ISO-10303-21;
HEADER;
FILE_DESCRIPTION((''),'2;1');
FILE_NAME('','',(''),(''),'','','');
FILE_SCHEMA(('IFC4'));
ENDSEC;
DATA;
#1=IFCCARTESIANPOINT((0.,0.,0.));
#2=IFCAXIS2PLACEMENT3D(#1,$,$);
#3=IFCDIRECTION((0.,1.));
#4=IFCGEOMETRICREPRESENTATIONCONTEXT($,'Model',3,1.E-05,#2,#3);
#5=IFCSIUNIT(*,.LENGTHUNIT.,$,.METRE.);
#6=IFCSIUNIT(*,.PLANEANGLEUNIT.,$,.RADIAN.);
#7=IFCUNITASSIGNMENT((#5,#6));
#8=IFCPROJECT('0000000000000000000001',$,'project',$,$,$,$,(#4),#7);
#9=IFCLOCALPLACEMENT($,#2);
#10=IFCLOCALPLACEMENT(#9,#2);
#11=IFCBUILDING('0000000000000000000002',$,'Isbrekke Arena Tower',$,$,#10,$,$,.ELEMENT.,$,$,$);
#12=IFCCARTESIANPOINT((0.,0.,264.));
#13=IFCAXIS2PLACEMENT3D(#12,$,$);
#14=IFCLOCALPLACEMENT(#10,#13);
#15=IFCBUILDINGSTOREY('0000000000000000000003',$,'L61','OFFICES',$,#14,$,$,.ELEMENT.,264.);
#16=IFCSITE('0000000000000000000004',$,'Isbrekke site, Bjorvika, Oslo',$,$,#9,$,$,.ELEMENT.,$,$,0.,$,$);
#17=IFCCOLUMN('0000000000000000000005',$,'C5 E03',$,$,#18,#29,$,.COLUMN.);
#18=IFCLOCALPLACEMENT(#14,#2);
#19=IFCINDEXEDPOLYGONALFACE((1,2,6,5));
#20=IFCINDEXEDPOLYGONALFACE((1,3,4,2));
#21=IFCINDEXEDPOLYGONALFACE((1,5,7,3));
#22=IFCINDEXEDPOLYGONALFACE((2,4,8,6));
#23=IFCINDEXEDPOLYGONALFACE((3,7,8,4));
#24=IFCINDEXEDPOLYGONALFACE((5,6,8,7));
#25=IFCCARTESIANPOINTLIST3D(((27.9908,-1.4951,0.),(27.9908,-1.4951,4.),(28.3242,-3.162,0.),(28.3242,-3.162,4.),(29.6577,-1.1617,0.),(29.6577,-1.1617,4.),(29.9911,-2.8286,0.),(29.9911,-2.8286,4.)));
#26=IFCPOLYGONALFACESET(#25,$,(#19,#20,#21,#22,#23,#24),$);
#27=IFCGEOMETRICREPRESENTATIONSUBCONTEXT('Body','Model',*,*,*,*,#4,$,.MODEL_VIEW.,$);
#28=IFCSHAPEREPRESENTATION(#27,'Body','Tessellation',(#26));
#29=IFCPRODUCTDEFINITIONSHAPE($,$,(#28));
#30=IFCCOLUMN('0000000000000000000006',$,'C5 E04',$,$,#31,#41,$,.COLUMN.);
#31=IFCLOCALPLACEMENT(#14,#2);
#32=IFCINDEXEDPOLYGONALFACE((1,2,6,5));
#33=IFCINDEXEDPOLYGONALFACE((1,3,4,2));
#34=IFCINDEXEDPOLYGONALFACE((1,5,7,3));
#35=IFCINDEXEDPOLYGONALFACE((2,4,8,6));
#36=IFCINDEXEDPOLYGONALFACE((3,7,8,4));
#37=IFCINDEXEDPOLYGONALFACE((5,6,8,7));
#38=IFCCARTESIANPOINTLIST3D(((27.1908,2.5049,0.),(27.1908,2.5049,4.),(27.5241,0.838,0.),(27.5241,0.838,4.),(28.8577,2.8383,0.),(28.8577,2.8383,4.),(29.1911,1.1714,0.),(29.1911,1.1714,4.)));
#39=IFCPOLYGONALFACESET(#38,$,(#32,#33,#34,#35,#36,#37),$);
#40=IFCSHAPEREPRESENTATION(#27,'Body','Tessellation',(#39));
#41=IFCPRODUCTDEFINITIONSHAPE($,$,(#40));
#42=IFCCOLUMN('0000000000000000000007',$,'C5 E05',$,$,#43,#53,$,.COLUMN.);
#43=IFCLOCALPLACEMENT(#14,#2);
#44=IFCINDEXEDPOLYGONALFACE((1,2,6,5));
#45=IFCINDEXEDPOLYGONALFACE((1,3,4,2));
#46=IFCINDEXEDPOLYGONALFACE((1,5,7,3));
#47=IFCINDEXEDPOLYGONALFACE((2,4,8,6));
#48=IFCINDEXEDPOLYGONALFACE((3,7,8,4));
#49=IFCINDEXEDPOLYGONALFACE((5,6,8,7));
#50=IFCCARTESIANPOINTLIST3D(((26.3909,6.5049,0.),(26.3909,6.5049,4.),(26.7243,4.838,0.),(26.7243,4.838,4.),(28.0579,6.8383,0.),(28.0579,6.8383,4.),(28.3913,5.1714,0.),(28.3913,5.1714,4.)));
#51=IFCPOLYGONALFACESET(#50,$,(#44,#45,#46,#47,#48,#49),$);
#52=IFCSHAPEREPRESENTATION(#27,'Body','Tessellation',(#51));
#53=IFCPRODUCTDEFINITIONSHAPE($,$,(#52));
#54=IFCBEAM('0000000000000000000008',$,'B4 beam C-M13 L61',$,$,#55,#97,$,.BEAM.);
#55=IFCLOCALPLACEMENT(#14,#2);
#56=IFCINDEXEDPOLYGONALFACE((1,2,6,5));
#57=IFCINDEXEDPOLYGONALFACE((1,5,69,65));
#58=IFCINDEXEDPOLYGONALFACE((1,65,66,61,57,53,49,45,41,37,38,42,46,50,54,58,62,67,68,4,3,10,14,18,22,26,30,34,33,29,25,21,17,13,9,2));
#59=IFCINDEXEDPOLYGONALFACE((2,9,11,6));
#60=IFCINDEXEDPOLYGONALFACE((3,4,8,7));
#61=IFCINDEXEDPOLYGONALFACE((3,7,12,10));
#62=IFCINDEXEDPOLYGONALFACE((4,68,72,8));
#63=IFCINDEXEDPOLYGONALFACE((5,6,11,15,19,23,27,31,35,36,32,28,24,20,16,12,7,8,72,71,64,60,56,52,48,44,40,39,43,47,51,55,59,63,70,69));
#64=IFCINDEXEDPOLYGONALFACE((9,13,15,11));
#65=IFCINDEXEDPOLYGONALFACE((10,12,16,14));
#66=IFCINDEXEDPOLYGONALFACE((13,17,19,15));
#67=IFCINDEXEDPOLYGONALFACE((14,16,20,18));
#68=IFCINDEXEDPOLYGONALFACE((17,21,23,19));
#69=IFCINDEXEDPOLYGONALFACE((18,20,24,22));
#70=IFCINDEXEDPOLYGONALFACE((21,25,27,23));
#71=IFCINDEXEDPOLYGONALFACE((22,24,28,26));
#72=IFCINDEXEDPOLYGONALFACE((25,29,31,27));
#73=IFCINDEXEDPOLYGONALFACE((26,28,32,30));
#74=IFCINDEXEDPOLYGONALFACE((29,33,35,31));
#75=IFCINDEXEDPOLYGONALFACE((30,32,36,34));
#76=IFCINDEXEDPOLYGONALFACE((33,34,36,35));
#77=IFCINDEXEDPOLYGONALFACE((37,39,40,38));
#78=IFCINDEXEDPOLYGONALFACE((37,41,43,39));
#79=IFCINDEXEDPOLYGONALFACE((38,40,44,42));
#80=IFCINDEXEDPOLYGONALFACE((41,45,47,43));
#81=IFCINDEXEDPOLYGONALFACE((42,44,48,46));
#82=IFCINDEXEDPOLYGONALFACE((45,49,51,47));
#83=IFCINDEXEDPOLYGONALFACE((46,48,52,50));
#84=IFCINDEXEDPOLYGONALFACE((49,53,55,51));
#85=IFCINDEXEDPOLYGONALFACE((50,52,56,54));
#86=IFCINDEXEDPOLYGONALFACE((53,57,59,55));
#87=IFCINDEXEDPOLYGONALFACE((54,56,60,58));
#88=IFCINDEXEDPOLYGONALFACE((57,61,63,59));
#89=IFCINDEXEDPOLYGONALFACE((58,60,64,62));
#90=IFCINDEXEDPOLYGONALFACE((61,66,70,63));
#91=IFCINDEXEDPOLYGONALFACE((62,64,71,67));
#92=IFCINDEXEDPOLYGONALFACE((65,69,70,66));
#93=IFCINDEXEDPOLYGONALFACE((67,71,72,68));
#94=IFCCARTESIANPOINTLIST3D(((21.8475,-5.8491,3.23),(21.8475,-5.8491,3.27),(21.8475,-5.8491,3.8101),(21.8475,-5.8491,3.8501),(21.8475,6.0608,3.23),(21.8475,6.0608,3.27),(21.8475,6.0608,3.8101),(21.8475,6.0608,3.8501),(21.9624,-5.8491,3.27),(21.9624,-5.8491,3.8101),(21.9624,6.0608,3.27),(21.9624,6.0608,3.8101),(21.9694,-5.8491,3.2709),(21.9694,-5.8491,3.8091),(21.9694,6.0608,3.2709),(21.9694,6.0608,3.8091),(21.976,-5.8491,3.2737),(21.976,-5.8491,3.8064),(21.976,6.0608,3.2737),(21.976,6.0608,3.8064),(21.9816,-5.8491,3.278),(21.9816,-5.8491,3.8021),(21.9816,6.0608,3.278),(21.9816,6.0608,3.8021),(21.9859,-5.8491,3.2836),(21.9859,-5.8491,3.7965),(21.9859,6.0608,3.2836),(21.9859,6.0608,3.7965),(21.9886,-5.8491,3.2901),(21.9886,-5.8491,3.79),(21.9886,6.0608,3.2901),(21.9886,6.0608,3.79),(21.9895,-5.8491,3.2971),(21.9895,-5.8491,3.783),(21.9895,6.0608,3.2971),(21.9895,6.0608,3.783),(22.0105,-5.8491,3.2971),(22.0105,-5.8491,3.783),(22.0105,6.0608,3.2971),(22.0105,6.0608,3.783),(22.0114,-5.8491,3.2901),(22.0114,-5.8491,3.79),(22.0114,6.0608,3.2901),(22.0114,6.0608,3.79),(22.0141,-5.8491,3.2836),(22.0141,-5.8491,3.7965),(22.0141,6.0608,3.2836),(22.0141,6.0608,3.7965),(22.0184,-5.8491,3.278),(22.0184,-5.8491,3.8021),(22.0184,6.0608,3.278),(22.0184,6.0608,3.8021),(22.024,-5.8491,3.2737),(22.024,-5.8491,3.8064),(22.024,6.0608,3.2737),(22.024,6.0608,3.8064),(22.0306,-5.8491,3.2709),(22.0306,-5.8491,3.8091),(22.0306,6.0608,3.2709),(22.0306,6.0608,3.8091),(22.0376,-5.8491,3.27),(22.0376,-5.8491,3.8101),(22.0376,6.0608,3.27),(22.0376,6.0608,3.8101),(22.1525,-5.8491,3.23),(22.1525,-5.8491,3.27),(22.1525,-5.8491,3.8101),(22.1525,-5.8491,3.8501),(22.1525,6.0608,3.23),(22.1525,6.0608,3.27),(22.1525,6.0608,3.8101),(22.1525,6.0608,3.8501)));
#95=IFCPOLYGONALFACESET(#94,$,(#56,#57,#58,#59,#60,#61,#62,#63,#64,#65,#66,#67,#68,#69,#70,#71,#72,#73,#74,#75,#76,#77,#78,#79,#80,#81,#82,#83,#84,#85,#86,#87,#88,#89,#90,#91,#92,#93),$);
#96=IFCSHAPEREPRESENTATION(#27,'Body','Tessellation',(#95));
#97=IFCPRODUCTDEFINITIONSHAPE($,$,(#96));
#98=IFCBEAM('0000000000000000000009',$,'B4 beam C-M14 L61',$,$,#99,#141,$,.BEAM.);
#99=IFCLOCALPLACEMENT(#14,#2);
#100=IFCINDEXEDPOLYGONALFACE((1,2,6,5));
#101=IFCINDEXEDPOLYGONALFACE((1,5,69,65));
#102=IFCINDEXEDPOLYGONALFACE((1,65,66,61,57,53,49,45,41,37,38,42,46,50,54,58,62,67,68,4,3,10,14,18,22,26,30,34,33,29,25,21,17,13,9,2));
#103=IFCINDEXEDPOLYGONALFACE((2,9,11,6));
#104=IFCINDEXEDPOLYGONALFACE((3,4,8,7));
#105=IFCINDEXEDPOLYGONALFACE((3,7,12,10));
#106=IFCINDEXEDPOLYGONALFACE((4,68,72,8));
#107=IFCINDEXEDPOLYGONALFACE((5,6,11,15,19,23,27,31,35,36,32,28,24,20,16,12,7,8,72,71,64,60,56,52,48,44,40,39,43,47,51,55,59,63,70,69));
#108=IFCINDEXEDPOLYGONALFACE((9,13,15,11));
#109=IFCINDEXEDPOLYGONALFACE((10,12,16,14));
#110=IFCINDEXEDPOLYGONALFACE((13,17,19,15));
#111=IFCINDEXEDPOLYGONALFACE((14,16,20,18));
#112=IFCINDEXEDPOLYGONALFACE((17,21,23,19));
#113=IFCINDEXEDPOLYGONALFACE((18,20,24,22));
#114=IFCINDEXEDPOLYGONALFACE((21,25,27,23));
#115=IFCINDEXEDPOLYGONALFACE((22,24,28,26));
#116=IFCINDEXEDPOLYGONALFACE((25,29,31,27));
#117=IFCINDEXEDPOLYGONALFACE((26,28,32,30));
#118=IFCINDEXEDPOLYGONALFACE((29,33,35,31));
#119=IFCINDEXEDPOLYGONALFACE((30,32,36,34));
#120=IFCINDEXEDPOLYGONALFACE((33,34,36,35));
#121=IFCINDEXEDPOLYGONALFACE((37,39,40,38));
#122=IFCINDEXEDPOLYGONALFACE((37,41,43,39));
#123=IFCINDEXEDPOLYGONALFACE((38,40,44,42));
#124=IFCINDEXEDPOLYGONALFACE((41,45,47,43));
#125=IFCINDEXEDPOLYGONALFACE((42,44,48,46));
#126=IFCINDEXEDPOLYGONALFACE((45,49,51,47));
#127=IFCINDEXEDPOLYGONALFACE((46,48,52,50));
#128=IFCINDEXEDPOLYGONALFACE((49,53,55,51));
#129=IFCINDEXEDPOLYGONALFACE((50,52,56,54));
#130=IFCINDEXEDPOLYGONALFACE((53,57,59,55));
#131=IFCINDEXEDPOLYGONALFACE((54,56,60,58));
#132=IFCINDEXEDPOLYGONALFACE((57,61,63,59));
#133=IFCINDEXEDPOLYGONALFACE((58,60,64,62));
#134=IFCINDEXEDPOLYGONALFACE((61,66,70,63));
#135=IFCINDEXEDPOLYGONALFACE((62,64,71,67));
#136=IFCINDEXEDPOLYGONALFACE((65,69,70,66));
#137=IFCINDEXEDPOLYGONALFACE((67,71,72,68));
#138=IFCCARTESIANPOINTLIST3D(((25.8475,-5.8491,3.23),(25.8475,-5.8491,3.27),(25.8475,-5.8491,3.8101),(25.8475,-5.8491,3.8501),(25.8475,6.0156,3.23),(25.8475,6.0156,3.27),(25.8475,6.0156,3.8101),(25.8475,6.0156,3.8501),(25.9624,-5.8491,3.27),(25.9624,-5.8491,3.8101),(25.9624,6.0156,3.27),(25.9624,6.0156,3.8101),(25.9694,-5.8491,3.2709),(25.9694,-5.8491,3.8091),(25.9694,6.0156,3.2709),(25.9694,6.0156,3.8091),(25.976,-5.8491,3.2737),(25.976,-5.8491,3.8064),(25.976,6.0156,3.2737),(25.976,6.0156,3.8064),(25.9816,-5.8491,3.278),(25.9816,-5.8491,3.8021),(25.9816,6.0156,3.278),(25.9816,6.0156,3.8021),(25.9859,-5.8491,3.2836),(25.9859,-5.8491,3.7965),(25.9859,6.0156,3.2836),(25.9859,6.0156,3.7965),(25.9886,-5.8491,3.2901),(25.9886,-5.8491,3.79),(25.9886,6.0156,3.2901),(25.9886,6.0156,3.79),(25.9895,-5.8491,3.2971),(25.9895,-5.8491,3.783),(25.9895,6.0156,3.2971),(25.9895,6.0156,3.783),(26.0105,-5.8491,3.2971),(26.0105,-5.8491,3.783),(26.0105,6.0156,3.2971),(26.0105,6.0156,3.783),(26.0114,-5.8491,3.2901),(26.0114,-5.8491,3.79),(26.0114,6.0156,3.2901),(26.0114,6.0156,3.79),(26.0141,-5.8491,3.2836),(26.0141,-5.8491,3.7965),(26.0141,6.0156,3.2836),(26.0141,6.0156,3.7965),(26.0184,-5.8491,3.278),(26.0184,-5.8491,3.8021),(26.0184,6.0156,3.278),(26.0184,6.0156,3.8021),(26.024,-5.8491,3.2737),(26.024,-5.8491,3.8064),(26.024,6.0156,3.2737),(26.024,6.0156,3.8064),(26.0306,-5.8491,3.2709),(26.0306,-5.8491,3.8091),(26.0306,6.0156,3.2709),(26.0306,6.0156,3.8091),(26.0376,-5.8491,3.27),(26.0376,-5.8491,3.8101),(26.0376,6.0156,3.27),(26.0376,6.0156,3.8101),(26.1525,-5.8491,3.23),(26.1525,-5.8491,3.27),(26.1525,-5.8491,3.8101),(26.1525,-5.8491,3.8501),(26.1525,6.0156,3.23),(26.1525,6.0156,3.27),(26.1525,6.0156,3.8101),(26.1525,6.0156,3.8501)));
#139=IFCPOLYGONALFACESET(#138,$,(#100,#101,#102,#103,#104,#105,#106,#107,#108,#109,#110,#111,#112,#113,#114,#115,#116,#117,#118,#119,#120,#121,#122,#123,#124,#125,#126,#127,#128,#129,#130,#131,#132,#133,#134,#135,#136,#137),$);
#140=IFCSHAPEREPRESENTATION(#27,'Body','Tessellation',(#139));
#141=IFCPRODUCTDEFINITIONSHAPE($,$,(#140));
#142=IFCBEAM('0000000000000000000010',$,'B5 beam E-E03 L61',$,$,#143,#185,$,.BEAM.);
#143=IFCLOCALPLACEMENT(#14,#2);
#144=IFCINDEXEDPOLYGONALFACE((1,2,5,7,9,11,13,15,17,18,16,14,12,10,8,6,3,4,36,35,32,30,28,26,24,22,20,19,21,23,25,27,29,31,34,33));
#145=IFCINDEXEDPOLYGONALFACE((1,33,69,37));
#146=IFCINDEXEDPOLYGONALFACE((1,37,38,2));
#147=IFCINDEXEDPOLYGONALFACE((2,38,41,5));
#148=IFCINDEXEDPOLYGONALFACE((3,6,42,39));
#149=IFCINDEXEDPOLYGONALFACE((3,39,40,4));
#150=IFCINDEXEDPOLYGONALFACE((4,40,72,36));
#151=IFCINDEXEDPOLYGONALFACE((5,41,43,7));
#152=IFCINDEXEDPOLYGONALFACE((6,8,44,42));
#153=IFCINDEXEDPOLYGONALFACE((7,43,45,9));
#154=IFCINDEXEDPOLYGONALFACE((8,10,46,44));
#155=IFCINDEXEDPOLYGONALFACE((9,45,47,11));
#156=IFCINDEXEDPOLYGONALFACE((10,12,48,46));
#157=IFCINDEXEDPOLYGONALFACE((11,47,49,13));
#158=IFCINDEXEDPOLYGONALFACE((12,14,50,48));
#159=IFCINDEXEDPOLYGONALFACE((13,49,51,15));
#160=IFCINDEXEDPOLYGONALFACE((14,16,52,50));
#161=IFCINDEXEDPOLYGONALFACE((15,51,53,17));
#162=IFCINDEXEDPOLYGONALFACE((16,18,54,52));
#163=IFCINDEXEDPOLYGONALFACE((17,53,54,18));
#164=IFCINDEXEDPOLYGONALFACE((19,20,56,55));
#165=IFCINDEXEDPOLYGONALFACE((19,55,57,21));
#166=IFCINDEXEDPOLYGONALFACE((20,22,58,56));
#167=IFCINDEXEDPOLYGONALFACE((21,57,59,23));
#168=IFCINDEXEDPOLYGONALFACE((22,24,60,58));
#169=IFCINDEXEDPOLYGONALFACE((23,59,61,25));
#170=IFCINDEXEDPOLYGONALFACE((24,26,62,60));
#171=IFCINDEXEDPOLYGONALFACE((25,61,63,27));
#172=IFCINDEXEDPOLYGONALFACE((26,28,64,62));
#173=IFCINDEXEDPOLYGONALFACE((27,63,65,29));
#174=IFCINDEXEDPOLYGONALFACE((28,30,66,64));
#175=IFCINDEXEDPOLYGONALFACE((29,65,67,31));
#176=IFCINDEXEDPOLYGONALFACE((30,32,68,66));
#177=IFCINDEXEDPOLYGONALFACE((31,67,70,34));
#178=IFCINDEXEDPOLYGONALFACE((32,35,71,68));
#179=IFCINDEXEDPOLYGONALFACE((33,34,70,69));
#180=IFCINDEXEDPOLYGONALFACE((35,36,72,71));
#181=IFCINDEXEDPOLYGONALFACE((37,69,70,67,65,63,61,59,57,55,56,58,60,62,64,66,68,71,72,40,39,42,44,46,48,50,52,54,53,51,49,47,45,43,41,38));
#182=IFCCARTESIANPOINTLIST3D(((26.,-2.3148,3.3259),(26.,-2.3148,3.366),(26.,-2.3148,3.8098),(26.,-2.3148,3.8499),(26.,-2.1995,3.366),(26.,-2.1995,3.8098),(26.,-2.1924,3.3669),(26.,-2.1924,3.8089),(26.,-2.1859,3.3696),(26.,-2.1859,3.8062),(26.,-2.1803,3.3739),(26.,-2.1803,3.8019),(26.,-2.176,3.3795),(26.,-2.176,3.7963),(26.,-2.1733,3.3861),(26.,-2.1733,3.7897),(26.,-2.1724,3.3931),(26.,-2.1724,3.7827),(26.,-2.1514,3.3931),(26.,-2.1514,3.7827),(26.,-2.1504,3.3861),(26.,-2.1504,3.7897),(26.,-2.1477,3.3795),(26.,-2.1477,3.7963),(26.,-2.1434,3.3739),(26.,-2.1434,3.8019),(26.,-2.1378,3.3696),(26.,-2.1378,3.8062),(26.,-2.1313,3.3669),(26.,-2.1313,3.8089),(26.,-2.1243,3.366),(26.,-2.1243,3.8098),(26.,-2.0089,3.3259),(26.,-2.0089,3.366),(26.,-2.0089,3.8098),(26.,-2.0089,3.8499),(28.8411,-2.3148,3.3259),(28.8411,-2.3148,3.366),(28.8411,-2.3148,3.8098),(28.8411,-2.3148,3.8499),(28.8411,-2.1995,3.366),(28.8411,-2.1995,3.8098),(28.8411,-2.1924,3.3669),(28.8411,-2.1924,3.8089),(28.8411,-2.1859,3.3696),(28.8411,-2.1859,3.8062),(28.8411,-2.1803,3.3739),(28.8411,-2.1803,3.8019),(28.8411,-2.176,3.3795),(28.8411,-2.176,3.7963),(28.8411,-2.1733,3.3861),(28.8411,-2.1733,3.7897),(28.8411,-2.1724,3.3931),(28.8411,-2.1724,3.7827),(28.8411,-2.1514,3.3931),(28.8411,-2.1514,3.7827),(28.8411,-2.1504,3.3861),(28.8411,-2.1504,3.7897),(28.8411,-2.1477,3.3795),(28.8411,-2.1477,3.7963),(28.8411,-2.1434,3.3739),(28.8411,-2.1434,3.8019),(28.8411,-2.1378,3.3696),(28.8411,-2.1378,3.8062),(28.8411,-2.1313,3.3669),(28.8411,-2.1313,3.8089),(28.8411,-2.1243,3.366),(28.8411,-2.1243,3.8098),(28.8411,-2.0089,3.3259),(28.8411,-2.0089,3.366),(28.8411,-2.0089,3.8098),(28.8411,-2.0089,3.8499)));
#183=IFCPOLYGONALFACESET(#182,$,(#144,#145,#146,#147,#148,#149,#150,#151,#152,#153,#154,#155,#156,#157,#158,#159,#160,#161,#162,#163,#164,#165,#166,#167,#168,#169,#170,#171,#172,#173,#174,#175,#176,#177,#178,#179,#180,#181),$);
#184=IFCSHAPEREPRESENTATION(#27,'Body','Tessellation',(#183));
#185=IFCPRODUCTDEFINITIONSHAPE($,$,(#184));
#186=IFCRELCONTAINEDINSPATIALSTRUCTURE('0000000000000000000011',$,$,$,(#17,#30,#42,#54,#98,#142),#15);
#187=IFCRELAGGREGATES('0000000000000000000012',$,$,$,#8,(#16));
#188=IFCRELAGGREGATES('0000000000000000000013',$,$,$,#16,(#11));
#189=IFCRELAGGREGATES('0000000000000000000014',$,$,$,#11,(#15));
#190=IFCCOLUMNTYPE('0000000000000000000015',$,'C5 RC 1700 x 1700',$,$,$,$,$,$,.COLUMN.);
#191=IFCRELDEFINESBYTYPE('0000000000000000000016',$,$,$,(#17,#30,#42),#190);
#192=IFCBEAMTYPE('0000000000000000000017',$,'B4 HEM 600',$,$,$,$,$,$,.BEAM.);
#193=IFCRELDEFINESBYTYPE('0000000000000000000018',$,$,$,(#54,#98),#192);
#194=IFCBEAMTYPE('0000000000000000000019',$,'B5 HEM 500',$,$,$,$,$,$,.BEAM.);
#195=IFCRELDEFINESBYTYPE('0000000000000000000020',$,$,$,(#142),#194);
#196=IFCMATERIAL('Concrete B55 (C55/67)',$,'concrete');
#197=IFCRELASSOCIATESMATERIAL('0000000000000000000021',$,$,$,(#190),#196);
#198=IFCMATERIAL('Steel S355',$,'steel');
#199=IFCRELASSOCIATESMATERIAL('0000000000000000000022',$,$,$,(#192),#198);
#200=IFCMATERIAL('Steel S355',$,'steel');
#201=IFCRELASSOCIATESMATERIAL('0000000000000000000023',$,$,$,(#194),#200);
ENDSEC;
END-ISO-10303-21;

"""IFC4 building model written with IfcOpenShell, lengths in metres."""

from ifc_helpers import new_model, si_unit, direction, frame, origin, origin_2d, place, context, subcontext, project, spatial, rectangle, i_section, extrude, material, material_profile, profile_set, type_object, element, save


model = new_model("IFC4")

# Units and contexts
model_context = context("Model", 3, precision=1e-05, world=origin(), true_north=direction((0.0, 1.0)))
body_context = subcontext(model_context, "Body", "Model", "MODEL_VIEW")
ifc_project = project(units=[si_unit("LENGTHUNIT", "METRE"), si_unit("PLANEANGLEUNIT", "RADIAN")], contexts=[model_context])

# Site, building, storey
site_placement = place(None, origin())
site = spatial("IfcSite", under=ifc_project, at=site_placement, Name="Isbrekke site, Bjorvika, Oslo", CompositionType="ELEMENT", RefElevation=0.0)
building_placement = place(site_placement, origin())
building = spatial("IfcBuilding", under=site, at=building_placement, Name="Isbrekke Arena Tower", CompositionType="ELEMENT")
storey_placement = place(building_placement, frame((0.0, 0.0, 264.0)))
storey = spatial("IfcBuildingStorey", under=building, at=storey_placement, Name="L61", Description="OFFICES", CompositionType="ELEMENT", Elevation=264.0)

# Columns
ifc_material_1 = material(Name="Concrete B55 (C55/67)", Category="concrete")
ifc_material_profile_1 = material_profile(ifc_material_1, rectangle(XDim=1.7, YDim=1.7, at=origin_2d()), Name="RC 1700x1700")
ifc_profile_set_1 = profile_set([ifc_material_profile_1], Name="Concrete B55 (C55/67)")
column_type = type_object("IfcColumnType", Name="C5 RC 1700 x 1700", PredefinedType="COLUMN", material=ifc_profile_set_1)
for number, where, z_axis, x_axis, name in (
    (1, (28.991, -2.1619, 0.0), (0.0, 0.0, 1.0), (-0.196116, 0.980581, 0.0), "C5 E03"),
    (2, (28.1909, 1.8381, 0.0), (0.0, 0.0, 1.0), (-0.196116, 0.980581, 0.0), "C5 E04"),
    (3, (27.3911, 5.8381, 0.0), (0.0, 0.0, 1.0), (-0.196116, 0.980581, 0.0), "C5 E05"),
):
    element("IfcColumn", number, at=place(storey_placement, frame(where, z_axis=z_axis, x_axis=x_axis)), inside=storey, type_object=column_type, Name=name, PredefinedType="COLUMN", context=body_context, shape_type="SweptSolid", body=[
        extrude(rectangle(XDim=1.7, YDim=1.7, at=origin_2d()), origin(), (0.0, 0.0, 1.0), 4.0),
    ])

# Beams
ifc_material_2 = material(Name="Steel S355", Category="steel")
ifc_material_profile_2 = material_profile(ifc_material_2, i_section(OverallWidth=0.3049, OverallDepth=0.6201, WebThickness=0.021, FlangeThickness=0.04, FilletRadius=0.0271, at=origin_2d()), Name="HEM 600")
ifc_profile_set_2 = profile_set([ifc_material_profile_2], Name="Steel S355")
beam_type_1 = type_object("IfcBeamType", Name="B4 HEM 600", PredefinedType="BEAM", material=ifc_profile_set_2)
beam_1_placement = place(storey_placement, frame((22.0, -5.8491, 3.54), z_axis=(0.0, 1.0, 0.0), x_axis=(-1.0, 0.0, 0.0)))
element("IfcBeam", 4, at=beam_1_placement, inside=storey, type_object=beam_type_1, Name="B4 beam C-M13 L61", PredefinedType="BEAM", context=body_context, shape_type="SweptSolid", body=[
    extrude(i_section(OverallWidth=0.3049, OverallDepth=0.6201, WebThickness=0.021, FlangeThickness=0.04, FilletRadius=0.0271, at=origin_2d()), origin(), (0.0, 0.0, 1.0), 11.9099),
])
beam_2_placement = place(storey_placement, frame((26.0, -5.8491, 3.54), z_axis=(0.0, 1.0, 0.0), x_axis=(-1.0, 0.0, 0.0)))
element("IfcBeam", 5, at=beam_2_placement, inside=storey, type_object=beam_type_1, Name="B4 beam C-M14 L61", PredefinedType="BEAM", context=body_context, shape_type="SweptSolid", body=[
    extrude(i_section(OverallWidth=0.3049, OverallDepth=0.6201, WebThickness=0.021, FlangeThickness=0.04, FilletRadius=0.0271, at=origin_2d()), origin(), (0.0, 0.0, 1.0), 11.8647),
])
ifc_material_3 = material(Name="Steel S355", Category="steel")
ifc_material_profile_3 = material_profile(ifc_material_3, i_section(OverallWidth=0.3059, OverallDepth=0.5239, WebThickness=0.021, FlangeThickness=0.04, FilletRadius=0.0271, at=origin_2d()), Name="HEM 500")
ifc_profile_set_3 = profile_set([ifc_material_profile_3], Name="Steel S355")
beam_type_2 = type_object("IfcBeamType", Name="B5 HEM 500", PredefinedType="BEAM", material=ifc_profile_set_3)
beam_3_placement = place(storey_placement, frame((28.8411, -2.1619, 3.5879), z_axis=(-1.0, 0.0, 0.0), x_axis=(0.0, -1.0, 0.0)))
element("IfcBeam", 6, at=beam_3_placement, inside=storey, type_object=beam_type_2, Name="B5 beam E-E03 L61", PredefinedType="BEAM", context=body_context, shape_type="SweptSolid", body=[
    extrude(i_section(OverallWidth=0.3059, OverallDepth=0.5239, WebThickness=0.021, FlangeThickness=0.04, FilletRadius=0.0271, at=origin_2d()), origin(), (0.0, 0.0, 1.0), 2.8411),
])

save(model, "model.ifc")
